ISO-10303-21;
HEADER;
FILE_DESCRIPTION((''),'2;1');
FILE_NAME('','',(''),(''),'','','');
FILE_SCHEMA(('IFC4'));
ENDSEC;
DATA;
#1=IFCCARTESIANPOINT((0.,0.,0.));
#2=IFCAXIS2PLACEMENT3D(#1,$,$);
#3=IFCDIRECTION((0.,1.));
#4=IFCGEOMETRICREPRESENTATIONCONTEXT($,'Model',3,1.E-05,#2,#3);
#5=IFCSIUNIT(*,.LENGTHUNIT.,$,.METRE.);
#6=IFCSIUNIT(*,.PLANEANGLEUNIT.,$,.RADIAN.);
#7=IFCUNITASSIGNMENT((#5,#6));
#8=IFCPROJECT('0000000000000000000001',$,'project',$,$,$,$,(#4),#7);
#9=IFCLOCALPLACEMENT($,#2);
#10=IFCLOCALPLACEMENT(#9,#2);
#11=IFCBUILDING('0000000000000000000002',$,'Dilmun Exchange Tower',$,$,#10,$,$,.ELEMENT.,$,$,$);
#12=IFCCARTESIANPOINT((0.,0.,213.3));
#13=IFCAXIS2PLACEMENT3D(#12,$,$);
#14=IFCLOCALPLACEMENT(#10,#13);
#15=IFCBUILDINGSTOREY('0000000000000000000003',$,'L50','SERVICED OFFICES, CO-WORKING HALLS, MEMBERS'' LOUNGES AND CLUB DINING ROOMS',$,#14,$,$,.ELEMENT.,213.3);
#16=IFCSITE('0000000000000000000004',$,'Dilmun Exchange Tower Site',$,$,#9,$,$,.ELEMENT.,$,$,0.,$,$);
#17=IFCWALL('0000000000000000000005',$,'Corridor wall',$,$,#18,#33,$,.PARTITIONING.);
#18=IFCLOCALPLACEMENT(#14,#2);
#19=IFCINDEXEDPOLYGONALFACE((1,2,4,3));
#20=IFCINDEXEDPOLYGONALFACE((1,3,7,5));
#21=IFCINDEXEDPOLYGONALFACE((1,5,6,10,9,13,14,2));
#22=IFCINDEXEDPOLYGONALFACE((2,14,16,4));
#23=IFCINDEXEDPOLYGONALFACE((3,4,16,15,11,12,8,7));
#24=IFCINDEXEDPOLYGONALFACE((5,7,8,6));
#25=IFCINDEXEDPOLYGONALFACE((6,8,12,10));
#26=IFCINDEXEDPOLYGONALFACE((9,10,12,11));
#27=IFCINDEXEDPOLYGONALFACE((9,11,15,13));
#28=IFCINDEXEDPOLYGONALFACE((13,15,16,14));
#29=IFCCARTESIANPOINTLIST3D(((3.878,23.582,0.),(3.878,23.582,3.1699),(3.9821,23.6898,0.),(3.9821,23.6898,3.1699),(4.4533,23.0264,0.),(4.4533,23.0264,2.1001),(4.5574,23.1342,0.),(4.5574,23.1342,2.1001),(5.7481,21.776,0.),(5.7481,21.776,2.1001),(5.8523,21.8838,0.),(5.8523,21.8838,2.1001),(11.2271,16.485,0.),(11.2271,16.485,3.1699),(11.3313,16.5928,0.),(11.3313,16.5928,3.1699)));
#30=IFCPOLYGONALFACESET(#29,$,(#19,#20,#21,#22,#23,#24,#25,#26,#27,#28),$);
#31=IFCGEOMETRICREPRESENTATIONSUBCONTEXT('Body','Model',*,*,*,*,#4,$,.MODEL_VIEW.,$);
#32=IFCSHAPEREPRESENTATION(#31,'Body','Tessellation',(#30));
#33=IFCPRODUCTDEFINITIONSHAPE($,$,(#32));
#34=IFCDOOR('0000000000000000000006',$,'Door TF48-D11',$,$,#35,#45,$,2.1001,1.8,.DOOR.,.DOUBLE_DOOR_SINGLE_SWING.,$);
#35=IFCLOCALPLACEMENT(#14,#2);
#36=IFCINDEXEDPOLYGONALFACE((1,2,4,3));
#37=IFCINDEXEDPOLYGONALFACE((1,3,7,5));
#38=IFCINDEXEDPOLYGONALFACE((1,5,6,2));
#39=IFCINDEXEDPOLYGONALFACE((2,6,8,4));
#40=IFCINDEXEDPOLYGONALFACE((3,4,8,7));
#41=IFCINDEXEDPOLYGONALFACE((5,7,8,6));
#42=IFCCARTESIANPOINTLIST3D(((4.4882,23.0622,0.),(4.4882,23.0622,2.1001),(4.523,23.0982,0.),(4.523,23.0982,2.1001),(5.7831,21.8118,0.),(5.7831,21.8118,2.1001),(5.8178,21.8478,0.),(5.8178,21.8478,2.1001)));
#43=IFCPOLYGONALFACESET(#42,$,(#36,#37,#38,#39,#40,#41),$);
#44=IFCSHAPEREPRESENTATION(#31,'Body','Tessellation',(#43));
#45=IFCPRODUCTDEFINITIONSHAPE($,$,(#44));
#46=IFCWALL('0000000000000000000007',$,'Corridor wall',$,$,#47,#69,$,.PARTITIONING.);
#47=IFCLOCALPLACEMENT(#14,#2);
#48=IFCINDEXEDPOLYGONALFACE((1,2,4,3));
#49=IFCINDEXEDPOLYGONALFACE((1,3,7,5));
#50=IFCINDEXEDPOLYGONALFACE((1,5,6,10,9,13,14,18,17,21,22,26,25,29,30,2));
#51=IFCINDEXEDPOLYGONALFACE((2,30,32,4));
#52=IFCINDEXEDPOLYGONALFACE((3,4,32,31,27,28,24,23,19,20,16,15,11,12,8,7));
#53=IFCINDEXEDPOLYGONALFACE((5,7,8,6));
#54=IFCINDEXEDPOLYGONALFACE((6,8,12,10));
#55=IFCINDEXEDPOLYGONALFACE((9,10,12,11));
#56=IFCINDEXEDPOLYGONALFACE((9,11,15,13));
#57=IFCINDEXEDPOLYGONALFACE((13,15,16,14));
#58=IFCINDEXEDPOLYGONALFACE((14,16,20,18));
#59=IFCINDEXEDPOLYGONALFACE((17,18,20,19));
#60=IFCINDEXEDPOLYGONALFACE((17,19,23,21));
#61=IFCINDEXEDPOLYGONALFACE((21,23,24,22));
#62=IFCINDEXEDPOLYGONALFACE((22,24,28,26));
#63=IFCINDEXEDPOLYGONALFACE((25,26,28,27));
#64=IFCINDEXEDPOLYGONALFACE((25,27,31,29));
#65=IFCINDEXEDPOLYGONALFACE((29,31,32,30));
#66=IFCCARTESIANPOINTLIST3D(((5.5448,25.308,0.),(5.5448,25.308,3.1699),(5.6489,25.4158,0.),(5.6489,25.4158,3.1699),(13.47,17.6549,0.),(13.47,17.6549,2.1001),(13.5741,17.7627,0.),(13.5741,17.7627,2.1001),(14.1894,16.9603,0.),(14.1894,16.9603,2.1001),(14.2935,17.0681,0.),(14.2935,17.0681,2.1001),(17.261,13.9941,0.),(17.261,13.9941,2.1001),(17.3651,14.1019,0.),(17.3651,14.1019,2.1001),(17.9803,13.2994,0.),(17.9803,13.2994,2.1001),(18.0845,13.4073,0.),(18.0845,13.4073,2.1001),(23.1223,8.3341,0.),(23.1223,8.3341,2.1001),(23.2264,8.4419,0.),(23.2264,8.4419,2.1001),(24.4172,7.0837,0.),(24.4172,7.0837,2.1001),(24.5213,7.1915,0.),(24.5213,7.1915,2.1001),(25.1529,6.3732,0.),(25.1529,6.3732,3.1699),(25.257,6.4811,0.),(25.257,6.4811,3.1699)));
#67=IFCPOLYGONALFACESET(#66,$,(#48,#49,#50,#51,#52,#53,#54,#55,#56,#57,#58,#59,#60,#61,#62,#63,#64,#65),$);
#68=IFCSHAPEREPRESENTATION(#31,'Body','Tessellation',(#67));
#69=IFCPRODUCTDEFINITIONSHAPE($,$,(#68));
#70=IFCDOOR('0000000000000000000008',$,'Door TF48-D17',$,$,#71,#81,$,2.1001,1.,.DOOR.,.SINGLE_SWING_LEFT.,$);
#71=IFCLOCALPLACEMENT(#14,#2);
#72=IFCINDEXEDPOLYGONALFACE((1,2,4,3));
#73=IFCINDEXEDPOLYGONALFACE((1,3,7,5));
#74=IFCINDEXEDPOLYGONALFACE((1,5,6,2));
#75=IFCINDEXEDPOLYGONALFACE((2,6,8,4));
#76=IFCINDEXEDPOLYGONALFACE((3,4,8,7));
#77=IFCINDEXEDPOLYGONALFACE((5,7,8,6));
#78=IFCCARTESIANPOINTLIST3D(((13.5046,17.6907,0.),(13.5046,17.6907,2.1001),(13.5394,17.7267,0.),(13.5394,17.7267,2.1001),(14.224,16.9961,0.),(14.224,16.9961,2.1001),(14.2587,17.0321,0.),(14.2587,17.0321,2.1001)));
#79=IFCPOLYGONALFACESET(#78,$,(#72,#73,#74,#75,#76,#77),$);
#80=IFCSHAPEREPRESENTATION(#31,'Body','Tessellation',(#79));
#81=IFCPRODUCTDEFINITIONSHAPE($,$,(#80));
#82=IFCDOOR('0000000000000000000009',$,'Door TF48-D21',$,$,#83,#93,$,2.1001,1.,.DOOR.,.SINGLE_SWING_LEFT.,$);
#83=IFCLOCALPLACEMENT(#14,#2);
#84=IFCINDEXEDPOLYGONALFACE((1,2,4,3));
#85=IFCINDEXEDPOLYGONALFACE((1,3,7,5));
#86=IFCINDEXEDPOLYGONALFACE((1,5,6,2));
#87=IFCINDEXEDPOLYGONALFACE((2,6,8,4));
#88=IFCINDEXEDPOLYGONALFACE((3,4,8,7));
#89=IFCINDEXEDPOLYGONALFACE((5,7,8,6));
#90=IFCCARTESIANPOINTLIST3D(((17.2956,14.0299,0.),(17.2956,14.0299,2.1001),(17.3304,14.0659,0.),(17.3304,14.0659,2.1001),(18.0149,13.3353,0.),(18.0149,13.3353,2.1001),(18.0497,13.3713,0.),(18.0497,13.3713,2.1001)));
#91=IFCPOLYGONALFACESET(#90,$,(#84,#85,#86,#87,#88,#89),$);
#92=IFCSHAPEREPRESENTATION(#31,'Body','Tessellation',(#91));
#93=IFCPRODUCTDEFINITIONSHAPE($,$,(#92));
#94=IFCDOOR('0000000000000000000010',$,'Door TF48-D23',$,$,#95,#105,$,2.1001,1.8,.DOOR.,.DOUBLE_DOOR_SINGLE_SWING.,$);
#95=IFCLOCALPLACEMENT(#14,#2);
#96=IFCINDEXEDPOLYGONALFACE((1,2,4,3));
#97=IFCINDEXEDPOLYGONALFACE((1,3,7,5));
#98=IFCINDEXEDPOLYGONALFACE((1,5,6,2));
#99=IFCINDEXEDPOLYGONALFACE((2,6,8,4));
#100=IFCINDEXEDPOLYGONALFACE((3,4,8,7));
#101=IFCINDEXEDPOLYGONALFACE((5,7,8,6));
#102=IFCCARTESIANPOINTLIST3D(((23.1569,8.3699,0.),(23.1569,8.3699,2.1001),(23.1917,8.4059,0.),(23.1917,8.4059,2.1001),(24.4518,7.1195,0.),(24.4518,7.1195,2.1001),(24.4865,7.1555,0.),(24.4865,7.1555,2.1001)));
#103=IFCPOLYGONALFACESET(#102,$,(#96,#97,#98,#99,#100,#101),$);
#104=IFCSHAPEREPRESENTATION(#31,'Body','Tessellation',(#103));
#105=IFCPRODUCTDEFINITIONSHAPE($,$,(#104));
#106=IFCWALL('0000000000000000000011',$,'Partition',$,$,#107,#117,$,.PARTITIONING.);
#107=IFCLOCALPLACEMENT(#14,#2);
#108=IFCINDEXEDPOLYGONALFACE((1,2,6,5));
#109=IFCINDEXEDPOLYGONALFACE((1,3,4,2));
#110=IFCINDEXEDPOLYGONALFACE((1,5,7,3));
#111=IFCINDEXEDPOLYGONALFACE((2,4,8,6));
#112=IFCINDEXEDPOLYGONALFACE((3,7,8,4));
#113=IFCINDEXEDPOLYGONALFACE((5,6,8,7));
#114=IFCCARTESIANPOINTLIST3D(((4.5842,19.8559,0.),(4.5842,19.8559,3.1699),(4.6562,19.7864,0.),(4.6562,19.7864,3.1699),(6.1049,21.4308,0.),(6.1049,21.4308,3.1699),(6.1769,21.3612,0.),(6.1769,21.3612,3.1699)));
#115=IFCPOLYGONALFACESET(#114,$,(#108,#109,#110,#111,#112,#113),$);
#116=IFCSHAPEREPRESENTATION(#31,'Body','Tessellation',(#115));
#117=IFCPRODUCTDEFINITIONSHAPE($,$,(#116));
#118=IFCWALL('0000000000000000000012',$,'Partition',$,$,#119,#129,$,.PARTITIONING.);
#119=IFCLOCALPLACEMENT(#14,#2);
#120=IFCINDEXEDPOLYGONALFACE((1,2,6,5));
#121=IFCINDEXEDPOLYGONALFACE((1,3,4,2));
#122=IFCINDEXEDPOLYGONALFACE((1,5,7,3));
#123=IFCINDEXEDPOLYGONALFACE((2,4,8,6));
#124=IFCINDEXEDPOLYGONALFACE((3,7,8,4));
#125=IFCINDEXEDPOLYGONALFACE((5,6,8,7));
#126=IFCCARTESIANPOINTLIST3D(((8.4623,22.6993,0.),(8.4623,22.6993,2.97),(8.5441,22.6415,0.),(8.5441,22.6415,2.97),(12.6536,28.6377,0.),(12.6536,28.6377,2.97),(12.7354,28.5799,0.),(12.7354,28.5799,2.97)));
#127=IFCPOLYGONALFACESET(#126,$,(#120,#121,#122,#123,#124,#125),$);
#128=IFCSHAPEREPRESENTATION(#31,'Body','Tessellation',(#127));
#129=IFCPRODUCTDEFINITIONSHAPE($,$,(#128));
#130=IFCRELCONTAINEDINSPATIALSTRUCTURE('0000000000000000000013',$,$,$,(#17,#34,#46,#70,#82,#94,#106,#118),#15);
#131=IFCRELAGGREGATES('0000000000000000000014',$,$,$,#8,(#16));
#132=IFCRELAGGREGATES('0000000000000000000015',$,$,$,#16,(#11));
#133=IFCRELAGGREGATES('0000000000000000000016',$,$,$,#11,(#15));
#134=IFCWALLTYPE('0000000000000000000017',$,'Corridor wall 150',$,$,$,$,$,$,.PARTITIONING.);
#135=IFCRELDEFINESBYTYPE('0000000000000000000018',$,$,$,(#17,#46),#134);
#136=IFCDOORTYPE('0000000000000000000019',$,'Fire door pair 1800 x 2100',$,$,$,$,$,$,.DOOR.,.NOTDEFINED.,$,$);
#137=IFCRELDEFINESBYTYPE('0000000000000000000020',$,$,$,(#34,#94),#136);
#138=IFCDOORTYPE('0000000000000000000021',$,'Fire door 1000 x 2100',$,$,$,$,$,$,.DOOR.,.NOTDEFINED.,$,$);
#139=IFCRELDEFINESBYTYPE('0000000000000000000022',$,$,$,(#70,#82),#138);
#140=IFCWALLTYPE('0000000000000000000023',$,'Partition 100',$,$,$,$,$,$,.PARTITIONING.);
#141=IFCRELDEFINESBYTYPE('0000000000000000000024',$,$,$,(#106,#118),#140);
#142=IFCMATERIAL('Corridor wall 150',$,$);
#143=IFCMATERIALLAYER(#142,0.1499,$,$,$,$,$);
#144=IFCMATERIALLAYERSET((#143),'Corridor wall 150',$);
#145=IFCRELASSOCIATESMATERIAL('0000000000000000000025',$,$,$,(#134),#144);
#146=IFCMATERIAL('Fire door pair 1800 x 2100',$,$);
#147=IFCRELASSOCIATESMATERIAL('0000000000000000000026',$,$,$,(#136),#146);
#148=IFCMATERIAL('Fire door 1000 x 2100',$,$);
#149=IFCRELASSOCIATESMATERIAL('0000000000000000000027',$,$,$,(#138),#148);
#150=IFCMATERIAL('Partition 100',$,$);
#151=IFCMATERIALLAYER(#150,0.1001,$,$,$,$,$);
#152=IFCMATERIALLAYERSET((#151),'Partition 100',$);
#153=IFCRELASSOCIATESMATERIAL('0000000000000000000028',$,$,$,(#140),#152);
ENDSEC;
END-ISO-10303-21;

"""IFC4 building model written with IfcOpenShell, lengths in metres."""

from ifc_helpers import new_model, si_unit, direction, frame, frame_2d, origin, place, context, subcontext, project, spatial, rectangle, extrude, material, layer, layer_set, type_object, element, fill, save


model = new_model("IFC4")

# Units and contexts
model_context = context("Model", 3, precision=1e-05, world=origin(), true_north=direction((0.0, 1.0)))
body_context = subcontext(model_context, "Body", "Model", "MODEL_VIEW")
ifc_project = project(units=[si_unit("LENGTHUNIT", "METRE"), si_unit("PLANEANGLEUNIT", "RADIAN")], contexts=[model_context])

# Site, building, storey
site_placement = place(None, origin())
site = spatial("IfcSite", under=ifc_project, at=site_placement, Name="Dilmun Exchange Tower Site", CompositionType="ELEMENT", RefElevation=0.0)
building_placement = place(site_placement, origin())
building = spatial("IfcBuilding", under=site, at=building_placement, Name="Dilmun Exchange Tower", CompositionType="ELEMENT")
storey_placement = place(building_placement, frame((0.0, 0.0, 213.3)))
storey = spatial("IfcBuildingStorey", under=building, at=storey_placement, Name="L50", Description="SERVICED OFFICES, CO-WORKING HALLS, MEMBERS' LOUNGES AND CLUB DINING ROOMS", CompositionType="ELEMENT", Elevation=213.3)

# Shared definitions
ifc_material_1 = material(Name="Corridor wall 150")
ifc_layer_1 = layer(ifc_material_1, 0.1499)
ifc_layer_set_1 = layer_set([ifc_layer_1], Name="Corridor wall 150")
wall_type_1 = type_object("IfcWallType", Name="Corridor wall 150", PredefinedType="PARTITIONING", material=ifc_layer_set_1)

# Wall, opening, door
wall_1_placement = place(storey_placement, frame((3.9299, 23.636, 0.0), z_axis=(0.0, 0.0, 1.0), x_axis=(0.719342, -0.694656, 0.0)))
wall_1 = element("IfcWall", 1, at=wall_1_placement, inside=storey, type_object=wall_type_1, Name="Corridor wall", PredefinedType="PARTITIONING", context=body_context, shape_type="SweptSolid", body=[
    extrude(rectangle(XDim=10.2166, YDim=0.1499, at=frame_2d((5.1084, 0.0))), origin(), (0.0, 0.0, 1.0), 3.1699),
])
opening_1_placement = place(wall_1_placement, frame((0.8, 0.0, 0.0)))
opening_1 = element("IfcOpeningElement", 2, at=opening_1_placement, cuts=wall_1, PredefinedType="OPENING", context=body_context, shape_type="SweptSolid", body=[
    extrude(rectangle(XDim=1.8, YDim=2.1001, at=frame_2d((0.8999, 1.05))), frame((0.0, 0.085, 0.0), z_axis=(0.0, -1.0, 0.0), x_axis=(1.0, 0.0, 0.0)), (0.0, 0.0, 1.0), 0.1699),
])
ifc_material_2 = material(Name="Fire door pair 1800 x 2100")
door_type_1 = type_object("IfcDoorType", Name="Fire door pair 1800 x 2100", OperationType="NOTDEFINED", PredefinedType="DOOR", material=ifc_material_2)
door_1_placement = place(opening_1_placement, frame((1.8, 0.0, 0.0), z_axis=(0.0, 0.0, 1.0), x_axis=(-1.0, 0.0, 0.0)))
door_1 = element("IfcDoor", 3, at=door_1_placement, inside=storey, type_object=door_type_1, Name="Door TF48-D11", OperationType="DOUBLE_DOOR_SINGLE_SWING", OverallHeight=2.1001, OverallWidth=1.8, PredefinedType="DOOR", context=body_context, shape_type="SweptSolid", body=[
    extrude(rectangle(XDim=1.8, YDim=2.1001, at=frame_2d((0.8999, 1.05))), frame((0.0, 0.0249, 0.0), z_axis=(0.0, -1.0, 0.0), x_axis=(1.0, 0.0, 0.0)), (0.0, 0.0, 1.0), 0.05),
])
fill(opening_1, door_1)

# Wall, openings, doors
wall_2_placement = place(storey_placement, frame((5.5969, 25.3618, 0.0), z_axis=(0.0, 0.0, 1.0), x_axis=(0.71935, -0.694648, 0.0)))
wall_2 = element("IfcWall", 4, at=wall_2_placement, inside=storey, type_object=wall_type_1, Name="Corridor wall", PredefinedType="PARTITIONING", context=body_context, shape_type="SweptSolid", body=[
    extrude(rectangle(XDim=27.2581, YDim=0.1499, at=frame_2d((13.6289, 0.0))), origin(), (0.0, 0.0, 1.0), 3.1699),
])
opening_2_placement = place(wall_2_placement, frame((11.0171, 0.0, 0.0)))
opening_2 = element("IfcOpeningElement", 5, at=opening_2_placement, cuts=wall_2, PredefinedType="OPENING", context=body_context, shape_type="SweptSolid", body=[
    extrude(rectangle(XDim=1.0, YDim=2.1001, at=frame_2d((0.5, 1.05))), frame((0.0, 0.085, 0.0), z_axis=(0.0, -1.0, 0.0), x_axis=(1.0, 0.0, 0.0)), (0.0, 0.0, 1.0), 0.1699),
])
opening_3_placement = place(wall_2_placement, frame((16.2871, 0.0, 0.0)))
opening_3 = element("IfcOpeningElement", 6, at=opening_3_placement, cuts=wall_2, PredefinedType="OPENING", context=body_context, shape_type="SweptSolid", body=[
    extrude(rectangle(XDim=1.0, YDim=2.1001, at=frame_2d((0.5, 1.05))), frame((0.0, 0.085, 0.0), z_axis=(0.0, -1.0, 0.0), x_axis=(1.0, 0.0, 0.0)), (0.0, 0.0, 1.0), 0.1699),
])
opening_4_placement = place(wall_2_placement, frame((24.4353, 0.0, 0.0)))
opening_4 = element("IfcOpeningElement", 7, at=opening_4_placement, cuts=wall_2, PredefinedType="OPENING", context=body_context, shape_type="SweptSolid", body=[
    extrude(rectangle(XDim=1.8, YDim=2.1001, at=frame_2d((0.8999, 1.05))), frame((0.0, 0.085, 0.0), z_axis=(0.0, -1.0, 0.0), x_axis=(1.0, 0.0, 0.0)), (0.0, 0.0, 1.0), 0.1699),
])
ifc_material_3 = material(Name="Fire door 1000 x 2100")
door_type_2 = type_object("IfcDoorType", Name="Fire door 1000 x 2100", OperationType="NOTDEFINED", PredefinedType="DOOR", material=ifc_material_3)
door_2_placement = place(opening_2_placement, origin())
door_2 = element("IfcDoor", 8, at=door_2_placement, inside=storey, type_object=door_type_2, Name="Door TF48-D17", OperationType="SINGLE_SWING_LEFT", OverallHeight=2.1001, OverallWidth=1.0, PredefinedType="DOOR", context=body_context, shape_type="SweptSolid", body=[
    extrude(rectangle(XDim=1.0, YDim=2.1001, at=frame_2d((0.5, 1.05))), frame((0.0, 0.0249, 0.0), z_axis=(0.0, -1.0, 0.0), x_axis=(1.0, 0.0, 0.0)), (0.0, 0.0, 1.0), 0.05),
])
fill(opening_2, door_2)
door_3_placement = place(opening_3_placement, origin())
door_3 = element("IfcDoor", 9, at=door_3_placement, inside=storey, type_object=door_type_2, Name="Door TF48-D21", OperationType="SINGLE_SWING_LEFT", OverallHeight=2.1001, OverallWidth=1.0, PredefinedType="DOOR", context=body_context, shape_type="SweptSolid", body=[
    extrude(rectangle(XDim=1.0, YDim=2.1001, at=frame_2d((0.5, 1.05))), frame((0.0, 0.0249, 0.0), z_axis=(0.0, -1.0, 0.0), x_axis=(1.0, 0.0, 0.0)), (0.0, 0.0, 1.0), 0.05),
])
fill(opening_3, door_3)
door_4_placement = place(opening_4_placement, origin())
door_4 = element("IfcDoor", 10, at=door_4_placement, inside=storey, type_object=door_type_1, Name="Door TF48-D23", OperationType="DOUBLE_DOOR_SINGLE_SWING", OverallHeight=2.1001, OverallWidth=1.8, PredefinedType="DOOR", context=body_context, shape_type="SweptSolid", body=[
    extrude(rectangle(XDim=1.8, YDim=2.1001, at=frame_2d((0.8999, 1.05))), frame((0.0, 0.0249, 0.0), z_axis=(0.0, -1.0, 0.0), x_axis=(1.0, 0.0, 0.0)), (0.0, 0.0, 1.0), 0.05),
])
fill(opening_4, door_4)

# Walls
ifc_material_4 = material(Name="Partition 100")
ifc_layer_2 = layer(ifc_material_4, 0.1001)
ifc_layer_set_2 = layer_set([ifc_layer_2], Name="Partition 100")
wall_type_2 = type_object("IfcWallType", Name="Partition 100", PredefinedType="PARTITIONING", material=ifc_layer_set_2)
wall_3_placement = place(storey_placement, frame((4.6201, 19.821, 0.0), z_axis=(0.0, 0.0, 1.0), x_axis=(0.69462, 0.719376, 0.0)))
element("IfcWall", 11, at=wall_3_placement, inside=storey, type_object=wall_type_2, Name="Partition", PredefinedType="PARTITIONING", context=body_context, shape_type="SweptSolid", body=[
    extrude(rectangle(XDim=2.1892, YDim=0.1001, at=frame_2d((1.0947, 0.0))), origin(), (0.0, 0.0, 1.0), 3.1699),
])
wall_4_placement = place(storey_placement, frame((8.5032, 22.6704, 0.0), z_axis=(0.0, 0.0, 1.0), x_axis=(0.576641, 0.816998, 0.0)))
element("IfcWall", 12, at=wall_4_placement, inside=storey, type_object=wall_type_2, Name="Partition", PredefinedType="PARTITIONING", context=body_context, shape_type="SweptSolid", body=[
    extrude(rectangle(XDim=7.2686, YDim=0.1001, at=frame_2d((3.6343, 0.0))), origin(), (0.0, 0.0, 1.0), 2.97),
])

save(model, "model.ifc")
